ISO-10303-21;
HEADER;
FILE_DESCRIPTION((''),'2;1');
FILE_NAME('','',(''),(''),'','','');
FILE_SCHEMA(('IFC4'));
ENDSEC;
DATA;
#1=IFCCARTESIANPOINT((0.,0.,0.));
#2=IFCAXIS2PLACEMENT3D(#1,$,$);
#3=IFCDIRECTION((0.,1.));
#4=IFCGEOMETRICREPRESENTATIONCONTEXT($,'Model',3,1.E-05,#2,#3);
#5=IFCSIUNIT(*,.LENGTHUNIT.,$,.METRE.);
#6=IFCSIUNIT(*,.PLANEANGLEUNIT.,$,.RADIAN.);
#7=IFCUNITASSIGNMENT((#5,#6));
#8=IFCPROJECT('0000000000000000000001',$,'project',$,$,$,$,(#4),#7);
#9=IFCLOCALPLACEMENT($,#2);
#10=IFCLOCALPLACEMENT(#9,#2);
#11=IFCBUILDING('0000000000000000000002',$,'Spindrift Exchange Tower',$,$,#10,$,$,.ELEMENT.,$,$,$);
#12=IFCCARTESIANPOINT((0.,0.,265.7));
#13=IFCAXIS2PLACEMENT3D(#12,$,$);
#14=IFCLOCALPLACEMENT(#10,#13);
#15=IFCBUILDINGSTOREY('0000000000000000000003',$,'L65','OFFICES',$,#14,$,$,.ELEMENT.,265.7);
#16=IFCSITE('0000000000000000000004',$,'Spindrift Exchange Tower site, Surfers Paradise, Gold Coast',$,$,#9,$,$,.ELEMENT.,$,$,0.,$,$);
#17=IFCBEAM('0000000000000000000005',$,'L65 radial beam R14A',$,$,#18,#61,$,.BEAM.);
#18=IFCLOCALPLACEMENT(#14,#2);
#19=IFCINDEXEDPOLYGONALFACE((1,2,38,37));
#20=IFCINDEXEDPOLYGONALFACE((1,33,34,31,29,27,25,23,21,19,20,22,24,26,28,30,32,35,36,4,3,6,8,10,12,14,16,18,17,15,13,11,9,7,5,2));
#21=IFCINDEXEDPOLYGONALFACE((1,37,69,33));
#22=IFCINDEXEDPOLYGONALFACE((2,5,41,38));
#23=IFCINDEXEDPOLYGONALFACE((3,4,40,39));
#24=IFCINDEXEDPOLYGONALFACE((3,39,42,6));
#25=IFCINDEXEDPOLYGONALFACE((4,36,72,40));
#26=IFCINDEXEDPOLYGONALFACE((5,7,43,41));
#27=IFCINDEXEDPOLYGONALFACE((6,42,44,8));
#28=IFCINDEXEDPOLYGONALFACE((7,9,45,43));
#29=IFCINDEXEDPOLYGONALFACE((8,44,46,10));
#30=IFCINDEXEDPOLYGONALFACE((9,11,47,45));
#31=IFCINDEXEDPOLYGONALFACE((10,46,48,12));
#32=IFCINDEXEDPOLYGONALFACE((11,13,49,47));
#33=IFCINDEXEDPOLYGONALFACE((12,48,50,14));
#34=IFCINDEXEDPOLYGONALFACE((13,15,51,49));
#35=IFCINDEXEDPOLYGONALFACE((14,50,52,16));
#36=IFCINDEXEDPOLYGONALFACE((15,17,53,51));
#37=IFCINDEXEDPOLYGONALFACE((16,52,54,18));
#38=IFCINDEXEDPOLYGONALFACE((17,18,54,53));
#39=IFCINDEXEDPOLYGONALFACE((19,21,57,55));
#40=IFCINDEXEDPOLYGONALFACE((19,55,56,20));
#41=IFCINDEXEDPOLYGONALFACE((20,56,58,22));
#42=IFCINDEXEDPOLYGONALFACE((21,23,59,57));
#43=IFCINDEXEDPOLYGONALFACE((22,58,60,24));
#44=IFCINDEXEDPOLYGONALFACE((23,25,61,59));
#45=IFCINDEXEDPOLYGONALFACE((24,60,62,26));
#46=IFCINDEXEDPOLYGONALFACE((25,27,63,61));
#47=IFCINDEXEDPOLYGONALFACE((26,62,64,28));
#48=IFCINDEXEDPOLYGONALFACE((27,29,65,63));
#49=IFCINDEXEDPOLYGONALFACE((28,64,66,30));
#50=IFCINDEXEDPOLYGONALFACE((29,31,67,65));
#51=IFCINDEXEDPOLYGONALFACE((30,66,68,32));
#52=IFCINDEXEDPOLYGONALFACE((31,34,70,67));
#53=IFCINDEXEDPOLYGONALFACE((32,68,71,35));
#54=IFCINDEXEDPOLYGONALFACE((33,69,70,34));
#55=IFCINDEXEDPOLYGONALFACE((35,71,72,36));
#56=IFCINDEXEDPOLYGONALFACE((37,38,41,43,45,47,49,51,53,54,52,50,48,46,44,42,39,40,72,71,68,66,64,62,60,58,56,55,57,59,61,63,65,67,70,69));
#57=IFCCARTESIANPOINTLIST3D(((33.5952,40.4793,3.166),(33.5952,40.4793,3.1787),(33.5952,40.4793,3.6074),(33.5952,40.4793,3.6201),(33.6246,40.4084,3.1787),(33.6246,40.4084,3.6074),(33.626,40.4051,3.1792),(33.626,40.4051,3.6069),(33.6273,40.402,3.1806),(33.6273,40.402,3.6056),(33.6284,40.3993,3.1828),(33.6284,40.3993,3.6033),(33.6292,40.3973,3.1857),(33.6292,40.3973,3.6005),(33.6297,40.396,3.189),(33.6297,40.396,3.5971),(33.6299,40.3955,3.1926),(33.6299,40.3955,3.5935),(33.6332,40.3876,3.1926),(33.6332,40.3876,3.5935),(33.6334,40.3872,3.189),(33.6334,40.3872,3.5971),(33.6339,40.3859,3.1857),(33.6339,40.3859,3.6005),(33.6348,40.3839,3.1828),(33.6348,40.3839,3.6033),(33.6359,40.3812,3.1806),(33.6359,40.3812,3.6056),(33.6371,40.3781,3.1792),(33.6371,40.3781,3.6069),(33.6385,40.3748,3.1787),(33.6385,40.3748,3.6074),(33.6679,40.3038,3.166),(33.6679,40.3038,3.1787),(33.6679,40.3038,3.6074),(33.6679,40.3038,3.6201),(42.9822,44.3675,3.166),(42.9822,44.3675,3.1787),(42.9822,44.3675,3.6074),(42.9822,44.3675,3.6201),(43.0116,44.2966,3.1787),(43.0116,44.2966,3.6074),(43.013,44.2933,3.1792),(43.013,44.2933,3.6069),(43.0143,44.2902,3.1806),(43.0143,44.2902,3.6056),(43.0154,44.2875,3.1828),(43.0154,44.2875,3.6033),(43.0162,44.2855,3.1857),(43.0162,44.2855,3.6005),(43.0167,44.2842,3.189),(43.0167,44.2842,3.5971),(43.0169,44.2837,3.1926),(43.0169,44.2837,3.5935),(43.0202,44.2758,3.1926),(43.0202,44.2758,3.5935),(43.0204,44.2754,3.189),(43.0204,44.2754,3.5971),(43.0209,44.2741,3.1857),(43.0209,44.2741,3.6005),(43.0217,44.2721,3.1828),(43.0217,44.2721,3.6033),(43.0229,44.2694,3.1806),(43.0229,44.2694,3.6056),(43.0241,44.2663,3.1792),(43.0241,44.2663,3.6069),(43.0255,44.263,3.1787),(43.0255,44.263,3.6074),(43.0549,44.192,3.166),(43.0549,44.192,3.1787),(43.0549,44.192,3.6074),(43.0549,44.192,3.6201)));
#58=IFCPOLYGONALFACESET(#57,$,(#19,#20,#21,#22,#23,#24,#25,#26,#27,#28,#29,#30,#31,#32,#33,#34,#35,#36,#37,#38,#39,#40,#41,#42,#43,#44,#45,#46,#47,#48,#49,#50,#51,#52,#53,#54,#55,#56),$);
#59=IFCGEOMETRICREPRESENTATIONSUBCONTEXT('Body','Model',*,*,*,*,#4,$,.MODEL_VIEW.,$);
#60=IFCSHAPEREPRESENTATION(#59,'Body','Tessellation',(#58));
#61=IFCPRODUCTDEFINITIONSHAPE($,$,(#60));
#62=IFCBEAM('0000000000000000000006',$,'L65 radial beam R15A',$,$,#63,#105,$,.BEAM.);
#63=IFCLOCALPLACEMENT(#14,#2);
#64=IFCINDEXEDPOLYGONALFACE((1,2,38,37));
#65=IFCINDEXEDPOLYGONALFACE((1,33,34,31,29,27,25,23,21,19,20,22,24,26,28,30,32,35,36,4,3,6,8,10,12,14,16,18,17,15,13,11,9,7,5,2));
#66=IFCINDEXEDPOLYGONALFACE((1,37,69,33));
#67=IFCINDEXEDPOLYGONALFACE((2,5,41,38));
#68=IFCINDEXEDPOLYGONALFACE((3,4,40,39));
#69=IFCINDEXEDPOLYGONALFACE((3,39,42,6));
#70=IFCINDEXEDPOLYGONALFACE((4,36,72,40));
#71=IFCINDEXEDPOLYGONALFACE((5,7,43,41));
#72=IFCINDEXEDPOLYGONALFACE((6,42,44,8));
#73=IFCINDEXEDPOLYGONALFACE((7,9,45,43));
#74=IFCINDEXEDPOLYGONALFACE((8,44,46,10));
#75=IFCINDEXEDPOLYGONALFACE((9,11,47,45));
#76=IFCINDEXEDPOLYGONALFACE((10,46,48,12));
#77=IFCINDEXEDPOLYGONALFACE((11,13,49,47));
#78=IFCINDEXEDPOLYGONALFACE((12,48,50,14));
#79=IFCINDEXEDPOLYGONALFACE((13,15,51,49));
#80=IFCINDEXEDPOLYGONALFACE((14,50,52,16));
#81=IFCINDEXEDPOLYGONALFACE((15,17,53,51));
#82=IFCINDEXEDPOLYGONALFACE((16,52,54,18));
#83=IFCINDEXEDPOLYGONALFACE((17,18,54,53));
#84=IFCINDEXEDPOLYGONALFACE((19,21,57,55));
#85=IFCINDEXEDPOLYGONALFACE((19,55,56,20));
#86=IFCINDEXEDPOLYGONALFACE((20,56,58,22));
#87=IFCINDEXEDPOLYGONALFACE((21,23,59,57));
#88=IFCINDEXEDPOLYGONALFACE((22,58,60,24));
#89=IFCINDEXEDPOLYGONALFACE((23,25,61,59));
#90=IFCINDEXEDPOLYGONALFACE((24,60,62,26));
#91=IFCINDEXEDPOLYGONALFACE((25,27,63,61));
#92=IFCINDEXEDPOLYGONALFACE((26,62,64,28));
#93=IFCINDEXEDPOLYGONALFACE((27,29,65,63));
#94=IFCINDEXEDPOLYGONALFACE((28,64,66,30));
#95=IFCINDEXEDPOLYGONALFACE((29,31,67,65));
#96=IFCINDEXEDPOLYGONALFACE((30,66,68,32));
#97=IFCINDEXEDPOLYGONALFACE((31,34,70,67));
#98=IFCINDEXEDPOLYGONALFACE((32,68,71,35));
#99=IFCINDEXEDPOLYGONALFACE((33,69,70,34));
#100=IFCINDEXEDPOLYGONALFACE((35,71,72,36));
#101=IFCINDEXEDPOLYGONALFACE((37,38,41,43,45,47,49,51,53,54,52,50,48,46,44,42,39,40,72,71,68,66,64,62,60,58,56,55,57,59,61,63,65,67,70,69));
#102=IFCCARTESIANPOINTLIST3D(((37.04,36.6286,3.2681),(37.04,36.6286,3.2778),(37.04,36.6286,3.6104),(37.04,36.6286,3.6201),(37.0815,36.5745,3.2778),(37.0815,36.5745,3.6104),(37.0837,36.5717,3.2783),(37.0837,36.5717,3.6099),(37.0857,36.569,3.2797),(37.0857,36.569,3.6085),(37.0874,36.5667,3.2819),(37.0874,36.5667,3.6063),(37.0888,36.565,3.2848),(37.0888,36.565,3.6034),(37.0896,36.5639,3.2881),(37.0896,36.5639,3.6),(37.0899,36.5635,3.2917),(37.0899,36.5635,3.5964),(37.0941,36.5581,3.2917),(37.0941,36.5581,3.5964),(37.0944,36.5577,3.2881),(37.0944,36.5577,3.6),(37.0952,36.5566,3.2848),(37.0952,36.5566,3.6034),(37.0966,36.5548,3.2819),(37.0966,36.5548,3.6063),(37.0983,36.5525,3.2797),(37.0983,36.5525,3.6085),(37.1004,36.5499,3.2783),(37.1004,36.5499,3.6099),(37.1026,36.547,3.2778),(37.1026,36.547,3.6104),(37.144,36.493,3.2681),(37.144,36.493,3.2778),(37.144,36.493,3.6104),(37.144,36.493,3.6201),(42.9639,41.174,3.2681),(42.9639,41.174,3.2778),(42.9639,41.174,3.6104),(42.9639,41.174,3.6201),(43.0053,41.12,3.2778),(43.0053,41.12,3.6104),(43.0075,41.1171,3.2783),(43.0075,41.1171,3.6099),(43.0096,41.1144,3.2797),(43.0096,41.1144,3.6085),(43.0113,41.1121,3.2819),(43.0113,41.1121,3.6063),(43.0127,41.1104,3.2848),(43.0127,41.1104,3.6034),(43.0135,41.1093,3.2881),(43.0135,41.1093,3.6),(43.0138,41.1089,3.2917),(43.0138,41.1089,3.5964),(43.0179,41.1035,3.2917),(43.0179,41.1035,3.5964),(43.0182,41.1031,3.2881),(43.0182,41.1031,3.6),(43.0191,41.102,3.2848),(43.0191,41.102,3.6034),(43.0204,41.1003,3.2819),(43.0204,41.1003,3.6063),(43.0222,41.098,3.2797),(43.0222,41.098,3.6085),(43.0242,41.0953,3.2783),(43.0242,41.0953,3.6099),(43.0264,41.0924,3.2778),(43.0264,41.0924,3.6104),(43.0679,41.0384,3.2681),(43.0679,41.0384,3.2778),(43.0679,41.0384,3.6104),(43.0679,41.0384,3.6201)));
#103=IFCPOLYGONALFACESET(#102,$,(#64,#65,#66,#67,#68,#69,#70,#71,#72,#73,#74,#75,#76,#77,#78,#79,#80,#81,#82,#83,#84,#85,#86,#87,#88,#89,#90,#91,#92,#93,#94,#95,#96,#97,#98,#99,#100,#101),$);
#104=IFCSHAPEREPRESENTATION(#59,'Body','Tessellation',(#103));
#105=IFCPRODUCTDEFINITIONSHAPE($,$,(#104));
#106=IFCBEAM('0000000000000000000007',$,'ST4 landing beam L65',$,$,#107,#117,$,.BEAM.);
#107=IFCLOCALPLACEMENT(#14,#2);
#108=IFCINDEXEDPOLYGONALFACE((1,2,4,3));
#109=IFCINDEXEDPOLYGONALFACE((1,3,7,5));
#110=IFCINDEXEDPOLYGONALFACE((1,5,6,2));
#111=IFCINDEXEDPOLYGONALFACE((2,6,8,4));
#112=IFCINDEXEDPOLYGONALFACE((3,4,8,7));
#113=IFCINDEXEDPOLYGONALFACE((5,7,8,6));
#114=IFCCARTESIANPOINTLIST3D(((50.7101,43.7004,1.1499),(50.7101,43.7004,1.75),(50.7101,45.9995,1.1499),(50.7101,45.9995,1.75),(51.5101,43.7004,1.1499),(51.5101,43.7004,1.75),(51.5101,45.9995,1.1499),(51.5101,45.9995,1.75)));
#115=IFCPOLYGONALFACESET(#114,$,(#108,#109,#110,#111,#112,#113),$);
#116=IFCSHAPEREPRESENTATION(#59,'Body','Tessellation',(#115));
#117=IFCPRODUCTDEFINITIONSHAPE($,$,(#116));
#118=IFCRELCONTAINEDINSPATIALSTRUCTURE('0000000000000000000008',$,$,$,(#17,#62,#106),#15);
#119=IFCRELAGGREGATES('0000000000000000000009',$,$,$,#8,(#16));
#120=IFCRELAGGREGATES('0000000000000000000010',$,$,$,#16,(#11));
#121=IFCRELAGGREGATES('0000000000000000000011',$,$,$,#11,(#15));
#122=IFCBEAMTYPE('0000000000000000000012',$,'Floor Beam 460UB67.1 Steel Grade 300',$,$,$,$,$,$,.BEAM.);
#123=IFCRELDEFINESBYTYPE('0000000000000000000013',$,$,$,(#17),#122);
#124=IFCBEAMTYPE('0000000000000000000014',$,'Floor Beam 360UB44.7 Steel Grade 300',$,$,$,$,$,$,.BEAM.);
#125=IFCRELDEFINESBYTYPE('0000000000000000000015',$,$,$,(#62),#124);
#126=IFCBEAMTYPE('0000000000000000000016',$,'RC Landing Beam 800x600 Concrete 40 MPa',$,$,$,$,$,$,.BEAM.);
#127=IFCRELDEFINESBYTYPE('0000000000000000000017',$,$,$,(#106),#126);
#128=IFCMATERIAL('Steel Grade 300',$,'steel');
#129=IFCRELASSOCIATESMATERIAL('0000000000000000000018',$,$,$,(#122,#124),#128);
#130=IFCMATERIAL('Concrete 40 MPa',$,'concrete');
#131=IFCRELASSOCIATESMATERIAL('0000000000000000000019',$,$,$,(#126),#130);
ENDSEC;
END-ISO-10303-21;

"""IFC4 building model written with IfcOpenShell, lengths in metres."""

from ifc_helpers import new_model, si_unit, direction, frame, origin, origin_2d, place, context, subcontext, project, spatial, rectangle, i_section, extrude, source, transform, mapped, material, material_profile, profile_set, type_object, element, save


model = new_model("IFC4")

# Units and contexts
model_context = context("Model", 3, precision=1e-05, world=origin(), true_north=direction((0.0, 1.0)))
body_context = subcontext(model_context, "Body", "Model", "MODEL_VIEW")
ifc_project = project(units=[si_unit("LENGTHUNIT", "METRE"), si_unit("PLANEANGLEUNIT", "RADIAN")], contexts=[model_context])

# Site, building, storey
site_placement = place(None, origin())
site = spatial("IfcSite", under=ifc_project, at=site_placement, Name="Spindrift Exchange Tower site, Surfers Paradise, Gold Coast", CompositionType="ELEMENT", RefElevation=0.0)
building_placement = place(site_placement, origin())
building = spatial("IfcBuilding", under=site, at=building_placement, Name="Spindrift Exchange Tower", CompositionType="ELEMENT")
storey_placement = place(building_placement, frame((0.0, 0.0, 265.7)))
storey = spatial("IfcBuildingStorey", under=building, at=storey_placement, Name="L65", Description="OFFICES", CompositionType="ELEMENT", Elevation=265.7)

# Beams
ifc_material_1 = material(Name="Steel Grade 300", Category="steel")
ifc_material_profile_1 = material_profile(ifc_material_1, i_section(OverallWidth=0.1899, OverallDepth=0.4541, WebThickness=0.0085, FlangeThickness=0.0127, FilletRadius=0.0139, at=origin_2d()), Name="460UB67.1")
ifc_profile_set_1 = profile_set([ifc_material_profile_1], Name="Steel Grade 300")
beam_type_1 = type_object("IfcBeamType", Name="Floor Beam 460UB67.1 Steel Grade 300", PredefinedType="BEAM", material=ifc_profile_set_1)
shared_shape_1 = source(origin(), body_context, "Body", "SweptSolid", [
    extrude(i_section(OverallWidth=0.1899, OverallDepth=0.4541, WebThickness=0.0085, FlangeThickness=0.0127, FilletRadius=0.0139, at=origin_2d()), origin(), (0.0, 0.0, 1.0), 10.1604),
])
beam_1_placement = place(storey_placement, frame((43.0186, 44.2798, 3.3931), z_axis=(-0.92388, -0.382681, 0.0), x_axis=(0.382681, -0.92388, 0.0)))
element("IfcBeam", 1, at=beam_1_placement, inside=storey, type_object=beam_type_1, Name="L65 radial beam R14A", PredefinedType="BEAM", context=body_context, shape_type="MappedRepresentation", body=[
    mapped(shared_shape_1, transform((0.0, 0.0, 0.0), scale=1.0)),
])
ifc_material_profile_2 = material_profile(ifc_material_1, i_section(OverallWidth=0.1709, OverallDepth=0.3521, WebThickness=0.0068, FlangeThickness=0.0098, FilletRadius=0.0139, at=origin_2d()), Name="360UB44.7")
ifc_profile_set_2 = profile_set([ifc_material_profile_2], Name="Steel Grade 300")
beam_type_2 = type_object("IfcBeamType", Name="Floor Beam 360UB44.7 Steel Grade 300", PredefinedType="BEAM", material=ifc_profile_set_2)
shared_shape_2 = source(origin(), body_context, "Body", "SweptSolid", [
    extrude(i_section(OverallWidth=0.1709, OverallDepth=0.3521, WebThickness=0.0068, FlangeThickness=0.0098, FilletRadius=0.0139, at=origin_2d()), origin(), (0.0, 0.0, 1.0), 7.4668),
])
beam_2_placement = place(storey_placement, frame((43.0159, 41.1062, 3.4441), z_axis=(-0.79336, -0.608753, 0.0), x_axis=(0.608753, -0.79336, 0.0)))
element("IfcBeam", 2, at=beam_2_placement, inside=storey, type_object=beam_type_2, Name="L65 radial beam R15A", PredefinedType="BEAM", context=body_context, shape_type="MappedRepresentation", body=[
    mapped(shared_shape_2, transform((0.0, 0.0, 0.0), scale=1.0)),
])
ifc_material_2 = material(Name="Concrete 40 MPa", Category="concrete")
ifc_material_profile_3 = material_profile(ifc_material_2, rectangle(XDim=0.8, YDim=0.6001, at=origin_2d()), Name="RC 800x600")
ifc_profile_set_3 = profile_set([ifc_material_profile_3], Name="Concrete 40 MPa")
beam_type_3 = type_object("IfcBeamType", Name="RC Landing Beam 800x600 Concrete 40 MPa", PredefinedType="BEAM", material=ifc_profile_set_3)
shared_shape_3 = source(origin(), body_context, "Body", "SweptSolid", [
    extrude(rectangle(XDim=0.8, YDim=0.6001, at=origin_2d()), origin(), (0.0, 0.0, 1.0), 2.2991),
])
beam_3_placement = place(storey_placement, frame((51.1101, 43.7004, 1.45), z_axis=(0.0, 1.0, 0.0), x_axis=(-1.0, 0.0, 0.0)))
element("IfcBeam", 3, at=beam_3_placement, inside=storey, type_object=beam_type_3, Name="ST4 landing beam L65", PredefinedType="BEAM", context=body_context, shape_type="MappedRepresentation", body=[
    mapped(shared_shape_3, transform((0.0, 0.0, 0.0), scale=1.0)),
])

save(model, "model.ifc")
